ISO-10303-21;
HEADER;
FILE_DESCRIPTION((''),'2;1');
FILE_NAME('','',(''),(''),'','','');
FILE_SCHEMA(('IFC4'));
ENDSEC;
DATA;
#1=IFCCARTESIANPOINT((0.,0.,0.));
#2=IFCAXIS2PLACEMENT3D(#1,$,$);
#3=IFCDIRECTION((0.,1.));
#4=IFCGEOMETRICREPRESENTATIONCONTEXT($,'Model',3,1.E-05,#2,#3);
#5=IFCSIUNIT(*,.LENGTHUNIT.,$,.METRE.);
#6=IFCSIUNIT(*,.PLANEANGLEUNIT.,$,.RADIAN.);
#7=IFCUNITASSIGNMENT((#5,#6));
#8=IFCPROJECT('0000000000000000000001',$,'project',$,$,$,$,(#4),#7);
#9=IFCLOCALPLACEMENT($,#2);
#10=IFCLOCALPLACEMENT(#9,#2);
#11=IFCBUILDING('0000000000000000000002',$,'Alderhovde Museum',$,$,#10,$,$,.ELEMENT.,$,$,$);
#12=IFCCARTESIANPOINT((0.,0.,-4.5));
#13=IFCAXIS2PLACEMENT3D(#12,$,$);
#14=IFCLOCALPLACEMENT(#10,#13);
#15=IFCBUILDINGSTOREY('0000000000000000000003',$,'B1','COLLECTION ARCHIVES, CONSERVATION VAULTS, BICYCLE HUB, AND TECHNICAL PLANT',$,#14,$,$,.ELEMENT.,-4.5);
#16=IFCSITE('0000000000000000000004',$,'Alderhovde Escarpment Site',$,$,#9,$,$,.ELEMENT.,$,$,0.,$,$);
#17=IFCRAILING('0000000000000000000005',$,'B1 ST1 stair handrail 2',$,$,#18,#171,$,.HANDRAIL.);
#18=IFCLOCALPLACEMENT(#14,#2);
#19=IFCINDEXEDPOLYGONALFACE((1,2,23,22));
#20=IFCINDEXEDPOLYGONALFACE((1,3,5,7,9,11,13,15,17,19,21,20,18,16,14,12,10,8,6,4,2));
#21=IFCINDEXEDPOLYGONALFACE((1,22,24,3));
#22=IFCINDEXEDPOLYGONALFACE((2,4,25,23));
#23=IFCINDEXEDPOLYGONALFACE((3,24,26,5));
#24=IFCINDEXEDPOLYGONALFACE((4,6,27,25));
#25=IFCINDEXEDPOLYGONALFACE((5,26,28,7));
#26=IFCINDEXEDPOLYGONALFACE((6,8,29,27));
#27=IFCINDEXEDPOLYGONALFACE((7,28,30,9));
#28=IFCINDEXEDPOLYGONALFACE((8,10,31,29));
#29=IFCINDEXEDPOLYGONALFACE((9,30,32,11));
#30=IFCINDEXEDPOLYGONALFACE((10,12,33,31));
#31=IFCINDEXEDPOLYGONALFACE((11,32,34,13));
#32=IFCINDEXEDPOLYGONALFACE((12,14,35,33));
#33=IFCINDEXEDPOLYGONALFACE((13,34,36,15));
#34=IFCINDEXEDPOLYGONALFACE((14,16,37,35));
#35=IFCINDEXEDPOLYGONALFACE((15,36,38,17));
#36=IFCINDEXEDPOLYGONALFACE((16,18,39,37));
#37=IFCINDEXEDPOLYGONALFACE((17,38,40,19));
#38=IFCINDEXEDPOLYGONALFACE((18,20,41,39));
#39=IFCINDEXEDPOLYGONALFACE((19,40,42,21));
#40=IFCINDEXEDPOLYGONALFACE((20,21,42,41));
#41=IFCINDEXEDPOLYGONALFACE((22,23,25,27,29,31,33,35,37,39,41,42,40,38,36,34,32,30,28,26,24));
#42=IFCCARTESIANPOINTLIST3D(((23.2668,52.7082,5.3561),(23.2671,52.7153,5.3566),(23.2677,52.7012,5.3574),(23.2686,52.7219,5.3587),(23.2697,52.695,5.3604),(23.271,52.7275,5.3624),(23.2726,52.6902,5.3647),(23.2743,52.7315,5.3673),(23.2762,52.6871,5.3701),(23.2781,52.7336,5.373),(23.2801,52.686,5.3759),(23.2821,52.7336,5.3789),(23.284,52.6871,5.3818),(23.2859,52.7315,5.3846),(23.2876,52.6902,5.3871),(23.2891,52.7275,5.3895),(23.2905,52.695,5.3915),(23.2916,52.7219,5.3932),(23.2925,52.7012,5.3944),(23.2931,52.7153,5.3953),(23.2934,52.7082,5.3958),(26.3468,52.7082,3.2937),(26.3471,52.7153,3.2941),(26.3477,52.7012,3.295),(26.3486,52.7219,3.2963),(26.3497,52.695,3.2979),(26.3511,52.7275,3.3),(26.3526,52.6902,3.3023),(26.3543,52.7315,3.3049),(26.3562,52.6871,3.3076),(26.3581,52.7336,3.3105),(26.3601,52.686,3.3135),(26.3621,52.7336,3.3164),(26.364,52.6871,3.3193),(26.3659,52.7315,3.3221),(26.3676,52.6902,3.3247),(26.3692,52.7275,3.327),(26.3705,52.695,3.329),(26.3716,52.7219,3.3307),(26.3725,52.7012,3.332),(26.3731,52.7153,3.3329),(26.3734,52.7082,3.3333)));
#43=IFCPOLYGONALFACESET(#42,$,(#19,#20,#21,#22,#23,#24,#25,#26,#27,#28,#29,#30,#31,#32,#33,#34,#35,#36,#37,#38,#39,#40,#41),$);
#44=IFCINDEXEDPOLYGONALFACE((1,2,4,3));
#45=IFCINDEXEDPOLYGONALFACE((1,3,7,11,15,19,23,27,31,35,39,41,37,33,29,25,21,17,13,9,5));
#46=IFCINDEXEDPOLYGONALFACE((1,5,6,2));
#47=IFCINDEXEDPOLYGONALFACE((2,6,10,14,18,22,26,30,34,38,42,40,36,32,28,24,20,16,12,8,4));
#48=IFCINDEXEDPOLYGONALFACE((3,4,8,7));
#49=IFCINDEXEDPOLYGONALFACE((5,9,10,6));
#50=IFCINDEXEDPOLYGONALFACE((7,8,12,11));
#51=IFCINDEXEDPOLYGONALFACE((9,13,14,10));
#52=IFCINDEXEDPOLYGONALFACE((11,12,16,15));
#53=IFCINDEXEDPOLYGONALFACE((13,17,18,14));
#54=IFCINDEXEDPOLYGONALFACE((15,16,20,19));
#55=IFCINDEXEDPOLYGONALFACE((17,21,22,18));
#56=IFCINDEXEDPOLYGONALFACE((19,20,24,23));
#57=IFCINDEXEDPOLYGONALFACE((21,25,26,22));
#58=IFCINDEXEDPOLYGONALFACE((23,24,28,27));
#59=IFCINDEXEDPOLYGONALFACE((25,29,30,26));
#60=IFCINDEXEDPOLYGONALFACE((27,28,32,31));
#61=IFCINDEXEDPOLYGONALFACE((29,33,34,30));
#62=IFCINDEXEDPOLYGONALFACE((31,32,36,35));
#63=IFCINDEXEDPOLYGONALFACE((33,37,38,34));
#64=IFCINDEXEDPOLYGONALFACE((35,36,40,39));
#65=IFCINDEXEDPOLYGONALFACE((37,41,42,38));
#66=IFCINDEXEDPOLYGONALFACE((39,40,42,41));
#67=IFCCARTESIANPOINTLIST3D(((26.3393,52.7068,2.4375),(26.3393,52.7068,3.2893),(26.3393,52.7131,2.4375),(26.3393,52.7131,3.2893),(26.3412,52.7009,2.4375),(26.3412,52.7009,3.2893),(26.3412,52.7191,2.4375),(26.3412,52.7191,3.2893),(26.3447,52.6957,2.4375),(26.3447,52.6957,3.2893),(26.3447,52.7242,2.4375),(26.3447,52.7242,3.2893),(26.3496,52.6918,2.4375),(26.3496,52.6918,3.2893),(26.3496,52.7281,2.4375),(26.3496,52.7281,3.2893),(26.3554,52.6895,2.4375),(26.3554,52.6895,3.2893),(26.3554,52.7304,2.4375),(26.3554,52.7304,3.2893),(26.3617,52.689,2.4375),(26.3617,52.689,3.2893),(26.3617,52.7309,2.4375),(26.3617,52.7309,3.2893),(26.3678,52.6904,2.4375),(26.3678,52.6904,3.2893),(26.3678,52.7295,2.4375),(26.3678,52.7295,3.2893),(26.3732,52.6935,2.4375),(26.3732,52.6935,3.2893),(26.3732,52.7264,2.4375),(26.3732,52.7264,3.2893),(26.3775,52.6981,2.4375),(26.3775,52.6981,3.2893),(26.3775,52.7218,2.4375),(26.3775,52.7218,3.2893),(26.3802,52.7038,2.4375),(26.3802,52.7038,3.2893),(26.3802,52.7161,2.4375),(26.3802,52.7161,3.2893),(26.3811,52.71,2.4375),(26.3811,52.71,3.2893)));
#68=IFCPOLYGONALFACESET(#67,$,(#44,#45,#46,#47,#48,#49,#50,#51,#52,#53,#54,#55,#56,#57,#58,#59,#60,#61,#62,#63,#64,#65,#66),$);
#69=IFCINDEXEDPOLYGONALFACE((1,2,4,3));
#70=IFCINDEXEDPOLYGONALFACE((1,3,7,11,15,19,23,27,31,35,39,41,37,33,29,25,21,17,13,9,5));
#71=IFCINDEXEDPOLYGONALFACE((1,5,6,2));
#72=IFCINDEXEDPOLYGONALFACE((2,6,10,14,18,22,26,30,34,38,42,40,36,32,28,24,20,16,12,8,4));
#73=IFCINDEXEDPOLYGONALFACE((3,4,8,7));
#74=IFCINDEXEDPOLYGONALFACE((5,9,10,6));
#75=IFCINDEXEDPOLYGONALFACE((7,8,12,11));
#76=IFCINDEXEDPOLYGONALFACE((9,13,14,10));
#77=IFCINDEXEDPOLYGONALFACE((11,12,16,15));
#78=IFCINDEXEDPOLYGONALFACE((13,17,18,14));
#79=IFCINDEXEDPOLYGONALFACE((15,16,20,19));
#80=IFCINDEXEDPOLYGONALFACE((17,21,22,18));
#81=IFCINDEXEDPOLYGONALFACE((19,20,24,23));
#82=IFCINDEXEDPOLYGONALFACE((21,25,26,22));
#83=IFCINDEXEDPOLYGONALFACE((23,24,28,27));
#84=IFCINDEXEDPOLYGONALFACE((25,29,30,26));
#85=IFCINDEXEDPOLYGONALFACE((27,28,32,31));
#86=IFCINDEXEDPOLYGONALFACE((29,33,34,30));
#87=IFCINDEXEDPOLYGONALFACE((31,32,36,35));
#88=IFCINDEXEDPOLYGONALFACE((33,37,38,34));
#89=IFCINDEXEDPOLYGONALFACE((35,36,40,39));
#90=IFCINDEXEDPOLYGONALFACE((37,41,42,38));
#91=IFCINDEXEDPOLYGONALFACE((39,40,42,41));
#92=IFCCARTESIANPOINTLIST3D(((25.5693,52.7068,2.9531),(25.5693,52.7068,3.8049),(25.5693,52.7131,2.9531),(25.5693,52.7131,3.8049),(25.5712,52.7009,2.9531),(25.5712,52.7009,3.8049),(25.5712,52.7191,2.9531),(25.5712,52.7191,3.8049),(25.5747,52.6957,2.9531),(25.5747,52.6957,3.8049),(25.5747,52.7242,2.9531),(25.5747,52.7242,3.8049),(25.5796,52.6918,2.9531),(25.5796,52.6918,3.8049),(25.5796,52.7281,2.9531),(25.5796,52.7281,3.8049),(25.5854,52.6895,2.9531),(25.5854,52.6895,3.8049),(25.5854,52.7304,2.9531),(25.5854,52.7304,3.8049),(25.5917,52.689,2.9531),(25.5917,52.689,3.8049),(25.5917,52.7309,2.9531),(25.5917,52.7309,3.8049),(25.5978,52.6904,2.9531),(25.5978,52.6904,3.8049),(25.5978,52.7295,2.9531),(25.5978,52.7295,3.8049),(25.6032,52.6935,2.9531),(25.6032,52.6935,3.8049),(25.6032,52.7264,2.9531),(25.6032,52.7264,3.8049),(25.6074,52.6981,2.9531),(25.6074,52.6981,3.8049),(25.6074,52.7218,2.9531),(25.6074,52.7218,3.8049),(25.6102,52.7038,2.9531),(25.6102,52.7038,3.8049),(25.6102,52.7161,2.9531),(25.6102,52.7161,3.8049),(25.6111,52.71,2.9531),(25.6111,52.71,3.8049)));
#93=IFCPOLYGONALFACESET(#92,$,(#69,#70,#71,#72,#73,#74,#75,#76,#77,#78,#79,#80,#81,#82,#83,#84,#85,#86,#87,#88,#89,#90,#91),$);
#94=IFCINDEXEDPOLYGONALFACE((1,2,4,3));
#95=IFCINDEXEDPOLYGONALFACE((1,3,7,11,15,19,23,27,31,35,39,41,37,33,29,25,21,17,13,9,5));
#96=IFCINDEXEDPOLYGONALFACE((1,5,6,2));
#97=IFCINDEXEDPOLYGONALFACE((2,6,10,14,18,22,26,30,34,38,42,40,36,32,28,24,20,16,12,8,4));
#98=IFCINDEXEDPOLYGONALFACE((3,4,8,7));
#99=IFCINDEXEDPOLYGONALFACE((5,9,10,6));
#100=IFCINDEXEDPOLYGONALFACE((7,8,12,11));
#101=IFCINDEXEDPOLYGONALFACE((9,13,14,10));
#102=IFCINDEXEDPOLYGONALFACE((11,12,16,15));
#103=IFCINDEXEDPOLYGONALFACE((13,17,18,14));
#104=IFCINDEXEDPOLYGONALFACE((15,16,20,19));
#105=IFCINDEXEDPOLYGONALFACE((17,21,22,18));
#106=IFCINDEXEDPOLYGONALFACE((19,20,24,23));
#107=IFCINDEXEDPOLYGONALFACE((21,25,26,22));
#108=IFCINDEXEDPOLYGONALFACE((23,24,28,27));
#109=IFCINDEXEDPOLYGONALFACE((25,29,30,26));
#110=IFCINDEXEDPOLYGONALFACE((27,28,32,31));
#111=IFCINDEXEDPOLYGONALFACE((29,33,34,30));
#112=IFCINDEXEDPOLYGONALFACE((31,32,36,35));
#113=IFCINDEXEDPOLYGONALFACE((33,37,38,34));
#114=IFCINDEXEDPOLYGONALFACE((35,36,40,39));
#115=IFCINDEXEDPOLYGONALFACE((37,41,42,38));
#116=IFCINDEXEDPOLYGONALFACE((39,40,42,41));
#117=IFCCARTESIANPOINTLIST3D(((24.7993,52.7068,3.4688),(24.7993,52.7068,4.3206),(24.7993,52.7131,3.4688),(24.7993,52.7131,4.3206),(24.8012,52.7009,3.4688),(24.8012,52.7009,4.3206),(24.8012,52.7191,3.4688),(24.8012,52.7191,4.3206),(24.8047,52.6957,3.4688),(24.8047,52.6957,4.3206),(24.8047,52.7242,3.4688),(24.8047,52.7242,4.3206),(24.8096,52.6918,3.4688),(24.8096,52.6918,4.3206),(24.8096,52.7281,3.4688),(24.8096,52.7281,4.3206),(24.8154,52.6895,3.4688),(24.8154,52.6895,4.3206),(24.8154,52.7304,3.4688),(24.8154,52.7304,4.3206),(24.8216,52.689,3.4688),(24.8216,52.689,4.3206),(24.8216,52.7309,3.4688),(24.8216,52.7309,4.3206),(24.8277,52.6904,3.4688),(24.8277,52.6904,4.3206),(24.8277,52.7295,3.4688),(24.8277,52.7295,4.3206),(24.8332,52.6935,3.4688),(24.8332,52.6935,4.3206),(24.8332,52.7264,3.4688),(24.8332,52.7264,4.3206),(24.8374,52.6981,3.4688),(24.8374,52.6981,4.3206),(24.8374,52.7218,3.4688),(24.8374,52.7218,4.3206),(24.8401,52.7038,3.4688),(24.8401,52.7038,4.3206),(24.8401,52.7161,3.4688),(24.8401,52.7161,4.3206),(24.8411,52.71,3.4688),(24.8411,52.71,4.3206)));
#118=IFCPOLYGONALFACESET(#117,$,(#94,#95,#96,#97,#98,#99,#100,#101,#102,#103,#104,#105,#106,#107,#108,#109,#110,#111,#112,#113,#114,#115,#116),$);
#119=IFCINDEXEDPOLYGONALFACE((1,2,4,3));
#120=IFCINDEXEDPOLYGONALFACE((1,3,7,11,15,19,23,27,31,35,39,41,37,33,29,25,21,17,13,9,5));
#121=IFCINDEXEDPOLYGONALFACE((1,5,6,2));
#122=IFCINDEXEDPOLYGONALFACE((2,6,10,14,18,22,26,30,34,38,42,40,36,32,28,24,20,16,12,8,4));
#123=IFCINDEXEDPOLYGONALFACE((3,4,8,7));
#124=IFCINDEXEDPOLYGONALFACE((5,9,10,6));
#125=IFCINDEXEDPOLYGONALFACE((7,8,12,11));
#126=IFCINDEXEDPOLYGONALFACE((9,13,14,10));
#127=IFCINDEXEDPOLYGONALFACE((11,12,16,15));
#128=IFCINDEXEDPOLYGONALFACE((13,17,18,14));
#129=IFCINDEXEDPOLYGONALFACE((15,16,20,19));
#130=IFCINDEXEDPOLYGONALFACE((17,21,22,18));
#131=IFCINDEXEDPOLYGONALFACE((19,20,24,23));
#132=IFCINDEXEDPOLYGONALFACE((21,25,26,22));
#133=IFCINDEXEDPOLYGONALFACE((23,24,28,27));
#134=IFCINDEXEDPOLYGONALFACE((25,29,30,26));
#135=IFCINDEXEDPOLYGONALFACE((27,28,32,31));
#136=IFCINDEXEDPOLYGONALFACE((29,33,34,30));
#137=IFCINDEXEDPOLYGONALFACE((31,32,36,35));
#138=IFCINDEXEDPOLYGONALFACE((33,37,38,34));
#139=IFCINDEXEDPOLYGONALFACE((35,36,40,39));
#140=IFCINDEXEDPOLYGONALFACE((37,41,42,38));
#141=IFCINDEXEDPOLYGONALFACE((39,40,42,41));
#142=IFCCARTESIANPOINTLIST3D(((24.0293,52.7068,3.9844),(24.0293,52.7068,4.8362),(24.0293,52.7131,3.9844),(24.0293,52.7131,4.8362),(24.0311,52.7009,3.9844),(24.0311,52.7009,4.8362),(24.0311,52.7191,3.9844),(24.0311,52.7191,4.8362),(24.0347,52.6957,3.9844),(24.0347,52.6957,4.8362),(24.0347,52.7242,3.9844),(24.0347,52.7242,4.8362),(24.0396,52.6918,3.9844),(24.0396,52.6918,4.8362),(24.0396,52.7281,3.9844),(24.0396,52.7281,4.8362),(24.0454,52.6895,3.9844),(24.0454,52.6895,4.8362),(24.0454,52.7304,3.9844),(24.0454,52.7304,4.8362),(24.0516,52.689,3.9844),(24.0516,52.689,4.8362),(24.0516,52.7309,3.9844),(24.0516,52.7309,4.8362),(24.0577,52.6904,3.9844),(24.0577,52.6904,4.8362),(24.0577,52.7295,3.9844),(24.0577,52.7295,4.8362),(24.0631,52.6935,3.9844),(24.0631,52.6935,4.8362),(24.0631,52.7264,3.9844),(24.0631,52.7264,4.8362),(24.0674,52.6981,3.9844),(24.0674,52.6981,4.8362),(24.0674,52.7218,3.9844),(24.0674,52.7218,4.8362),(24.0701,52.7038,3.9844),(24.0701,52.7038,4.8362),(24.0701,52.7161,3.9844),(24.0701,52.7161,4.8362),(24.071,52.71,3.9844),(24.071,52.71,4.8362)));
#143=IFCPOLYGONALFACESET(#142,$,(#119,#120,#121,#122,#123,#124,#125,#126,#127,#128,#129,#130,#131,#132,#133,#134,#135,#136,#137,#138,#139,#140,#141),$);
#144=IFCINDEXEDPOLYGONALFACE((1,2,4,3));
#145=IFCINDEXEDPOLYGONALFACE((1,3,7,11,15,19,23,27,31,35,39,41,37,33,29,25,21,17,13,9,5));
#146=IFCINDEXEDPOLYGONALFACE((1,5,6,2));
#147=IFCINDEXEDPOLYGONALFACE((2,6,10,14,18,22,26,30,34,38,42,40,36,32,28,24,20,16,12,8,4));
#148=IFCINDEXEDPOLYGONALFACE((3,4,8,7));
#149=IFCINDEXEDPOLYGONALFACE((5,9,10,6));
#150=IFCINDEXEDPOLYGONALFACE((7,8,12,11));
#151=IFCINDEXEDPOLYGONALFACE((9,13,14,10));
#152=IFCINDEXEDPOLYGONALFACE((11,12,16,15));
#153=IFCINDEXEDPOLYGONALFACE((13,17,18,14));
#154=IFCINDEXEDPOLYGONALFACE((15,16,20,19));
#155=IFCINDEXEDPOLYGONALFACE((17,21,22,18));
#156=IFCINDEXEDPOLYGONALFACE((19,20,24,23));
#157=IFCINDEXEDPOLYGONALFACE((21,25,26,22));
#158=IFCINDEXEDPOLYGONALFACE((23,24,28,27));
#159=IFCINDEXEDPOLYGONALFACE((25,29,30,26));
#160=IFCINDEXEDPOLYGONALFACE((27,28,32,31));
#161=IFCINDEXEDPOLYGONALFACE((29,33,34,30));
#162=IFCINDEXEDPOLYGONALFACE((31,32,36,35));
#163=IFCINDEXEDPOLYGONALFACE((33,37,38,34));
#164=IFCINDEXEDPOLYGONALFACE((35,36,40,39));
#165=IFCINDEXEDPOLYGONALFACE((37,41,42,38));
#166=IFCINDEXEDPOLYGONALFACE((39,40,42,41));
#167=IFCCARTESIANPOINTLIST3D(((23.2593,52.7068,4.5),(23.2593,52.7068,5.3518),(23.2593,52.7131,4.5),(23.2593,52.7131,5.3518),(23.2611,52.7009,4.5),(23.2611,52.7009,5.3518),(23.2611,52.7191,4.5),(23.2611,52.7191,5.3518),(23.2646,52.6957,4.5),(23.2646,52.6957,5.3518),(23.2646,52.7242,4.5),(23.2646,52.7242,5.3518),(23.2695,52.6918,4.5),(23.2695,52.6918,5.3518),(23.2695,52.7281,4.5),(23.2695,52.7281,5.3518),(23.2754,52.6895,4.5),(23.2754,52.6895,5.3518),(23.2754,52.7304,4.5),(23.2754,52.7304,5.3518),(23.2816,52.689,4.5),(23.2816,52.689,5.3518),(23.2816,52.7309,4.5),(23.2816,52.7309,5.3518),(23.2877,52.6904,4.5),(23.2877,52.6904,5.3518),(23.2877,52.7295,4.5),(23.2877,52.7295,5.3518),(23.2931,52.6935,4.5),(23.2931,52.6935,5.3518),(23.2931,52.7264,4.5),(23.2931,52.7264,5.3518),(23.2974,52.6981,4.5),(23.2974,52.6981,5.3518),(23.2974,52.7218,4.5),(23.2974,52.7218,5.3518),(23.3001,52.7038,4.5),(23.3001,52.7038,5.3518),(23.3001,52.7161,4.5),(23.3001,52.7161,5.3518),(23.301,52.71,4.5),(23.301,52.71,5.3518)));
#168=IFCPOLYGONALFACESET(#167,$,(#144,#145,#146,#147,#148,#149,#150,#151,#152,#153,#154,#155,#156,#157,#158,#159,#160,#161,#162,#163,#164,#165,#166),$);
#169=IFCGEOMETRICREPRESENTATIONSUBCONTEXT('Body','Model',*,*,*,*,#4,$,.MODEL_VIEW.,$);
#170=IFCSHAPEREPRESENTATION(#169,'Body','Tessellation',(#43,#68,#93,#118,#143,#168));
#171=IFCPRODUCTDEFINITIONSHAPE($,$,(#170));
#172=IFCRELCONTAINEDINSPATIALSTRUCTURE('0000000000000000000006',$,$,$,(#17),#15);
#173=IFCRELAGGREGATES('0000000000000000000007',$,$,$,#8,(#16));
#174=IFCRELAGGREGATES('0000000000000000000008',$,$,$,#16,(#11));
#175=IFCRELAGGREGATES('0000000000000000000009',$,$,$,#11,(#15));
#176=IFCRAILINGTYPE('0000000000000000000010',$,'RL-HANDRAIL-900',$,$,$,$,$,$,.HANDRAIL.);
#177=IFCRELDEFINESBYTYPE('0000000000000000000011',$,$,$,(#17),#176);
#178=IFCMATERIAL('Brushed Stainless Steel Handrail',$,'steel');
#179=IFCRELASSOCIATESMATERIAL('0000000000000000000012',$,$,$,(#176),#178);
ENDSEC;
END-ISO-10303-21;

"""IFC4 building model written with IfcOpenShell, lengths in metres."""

from ifc_helpers import new_model, si_unit, direction, frame, origin, origin_2d, place, context, subcontext, project, spatial, circle, extrude, material, type_object, element, save


model = new_model("IFC4")

# Units and contexts
model_context = context("Model", 3, precision=1e-05, world=origin(), true_north=direction((0.0, 1.0)))
body_context = subcontext(model_context, "Body", "Model", "MODEL_VIEW")
ifc_project = project(units=[si_unit("LENGTHUNIT", "METRE"), si_unit("PLANEANGLEUNIT", "RADIAN")], contexts=[model_context])

# Site, building, storey
site_placement = place(None, origin())
site = spatial("IfcSite", under=ifc_project, at=site_placement, Name="Alderhovde Escarpment Site", CompositionType="ELEMENT", RefElevation=0.0)
building_placement = place(site_placement, origin())
building = spatial("IfcBuilding", under=site, at=building_placement, Name="Alderhovde Museum", CompositionType="ELEMENT")
storey_placement = place(building_placement, frame((0.0, 0.0, -4.5)))
storey = spatial("IfcBuildingStorey", under=building, at=storey_placement, Name="B1", Description="COLLECTION ARCHIVES, CONSERVATION VAULTS, BICYCLE HUB, AND TECHNICAL PLANT", CompositionType="ELEMENT", Elevation=-4.5)

# Railing
ifc_material_1 = material(Name="Brushed Stainless Steel Handrail", Category="steel")
railing_type_1 = type_object("IfcRailingType", Name="RL-HANDRAIL-900", PredefinedType="HANDRAIL", material=ifc_material_1)
railing_1_placement = place(storey_placement, frame((26.3601, 52.71, 2.4375)))
element("IfcRailing", 1, at=railing_1_placement, inside=storey, type_object=railing_type_1, Name="B1 ST1 stair handrail 2", PredefinedType="HANDRAIL", context=body_context, shape_type="SweptSolid", body=[
    extrude(circle(Radius=0.0239, at=origin_2d()), frame((0.0, 0.0, 0.876), z_axis=(-0.830914, 0.0, 0.556401), x_axis=(0.0, -1.0, 0.0)), (0.0, 0.0, 1.0), 3.7068),
    extrude(circle(Radius=0.021, at=origin_2d()), origin(), (0.0, 0.0, 1.0), 0.8518),
    extrude(circle(Radius=0.021, at=origin_2d()), frame((-0.77, 0.0, 0.5156)), (0.0, 0.0, 1.0), 0.8518),
    extrude(circle(Radius=0.021, at=origin_2d()), frame((-1.54, 0.0, 1.0312)), (0.0, 0.0, 1.0), 0.8518),
    extrude(circle(Radius=0.021, at=origin_2d()), frame((-2.3101, 0.0, 1.5469)), (0.0, 0.0, 1.0), 0.8518),
    extrude(circle(Radius=0.021, at=origin_2d()), frame((-3.0801, 0.0, 2.0625)), (0.0, 0.0, 1.0), 0.8518),
])

save(model, "model.ifc")
